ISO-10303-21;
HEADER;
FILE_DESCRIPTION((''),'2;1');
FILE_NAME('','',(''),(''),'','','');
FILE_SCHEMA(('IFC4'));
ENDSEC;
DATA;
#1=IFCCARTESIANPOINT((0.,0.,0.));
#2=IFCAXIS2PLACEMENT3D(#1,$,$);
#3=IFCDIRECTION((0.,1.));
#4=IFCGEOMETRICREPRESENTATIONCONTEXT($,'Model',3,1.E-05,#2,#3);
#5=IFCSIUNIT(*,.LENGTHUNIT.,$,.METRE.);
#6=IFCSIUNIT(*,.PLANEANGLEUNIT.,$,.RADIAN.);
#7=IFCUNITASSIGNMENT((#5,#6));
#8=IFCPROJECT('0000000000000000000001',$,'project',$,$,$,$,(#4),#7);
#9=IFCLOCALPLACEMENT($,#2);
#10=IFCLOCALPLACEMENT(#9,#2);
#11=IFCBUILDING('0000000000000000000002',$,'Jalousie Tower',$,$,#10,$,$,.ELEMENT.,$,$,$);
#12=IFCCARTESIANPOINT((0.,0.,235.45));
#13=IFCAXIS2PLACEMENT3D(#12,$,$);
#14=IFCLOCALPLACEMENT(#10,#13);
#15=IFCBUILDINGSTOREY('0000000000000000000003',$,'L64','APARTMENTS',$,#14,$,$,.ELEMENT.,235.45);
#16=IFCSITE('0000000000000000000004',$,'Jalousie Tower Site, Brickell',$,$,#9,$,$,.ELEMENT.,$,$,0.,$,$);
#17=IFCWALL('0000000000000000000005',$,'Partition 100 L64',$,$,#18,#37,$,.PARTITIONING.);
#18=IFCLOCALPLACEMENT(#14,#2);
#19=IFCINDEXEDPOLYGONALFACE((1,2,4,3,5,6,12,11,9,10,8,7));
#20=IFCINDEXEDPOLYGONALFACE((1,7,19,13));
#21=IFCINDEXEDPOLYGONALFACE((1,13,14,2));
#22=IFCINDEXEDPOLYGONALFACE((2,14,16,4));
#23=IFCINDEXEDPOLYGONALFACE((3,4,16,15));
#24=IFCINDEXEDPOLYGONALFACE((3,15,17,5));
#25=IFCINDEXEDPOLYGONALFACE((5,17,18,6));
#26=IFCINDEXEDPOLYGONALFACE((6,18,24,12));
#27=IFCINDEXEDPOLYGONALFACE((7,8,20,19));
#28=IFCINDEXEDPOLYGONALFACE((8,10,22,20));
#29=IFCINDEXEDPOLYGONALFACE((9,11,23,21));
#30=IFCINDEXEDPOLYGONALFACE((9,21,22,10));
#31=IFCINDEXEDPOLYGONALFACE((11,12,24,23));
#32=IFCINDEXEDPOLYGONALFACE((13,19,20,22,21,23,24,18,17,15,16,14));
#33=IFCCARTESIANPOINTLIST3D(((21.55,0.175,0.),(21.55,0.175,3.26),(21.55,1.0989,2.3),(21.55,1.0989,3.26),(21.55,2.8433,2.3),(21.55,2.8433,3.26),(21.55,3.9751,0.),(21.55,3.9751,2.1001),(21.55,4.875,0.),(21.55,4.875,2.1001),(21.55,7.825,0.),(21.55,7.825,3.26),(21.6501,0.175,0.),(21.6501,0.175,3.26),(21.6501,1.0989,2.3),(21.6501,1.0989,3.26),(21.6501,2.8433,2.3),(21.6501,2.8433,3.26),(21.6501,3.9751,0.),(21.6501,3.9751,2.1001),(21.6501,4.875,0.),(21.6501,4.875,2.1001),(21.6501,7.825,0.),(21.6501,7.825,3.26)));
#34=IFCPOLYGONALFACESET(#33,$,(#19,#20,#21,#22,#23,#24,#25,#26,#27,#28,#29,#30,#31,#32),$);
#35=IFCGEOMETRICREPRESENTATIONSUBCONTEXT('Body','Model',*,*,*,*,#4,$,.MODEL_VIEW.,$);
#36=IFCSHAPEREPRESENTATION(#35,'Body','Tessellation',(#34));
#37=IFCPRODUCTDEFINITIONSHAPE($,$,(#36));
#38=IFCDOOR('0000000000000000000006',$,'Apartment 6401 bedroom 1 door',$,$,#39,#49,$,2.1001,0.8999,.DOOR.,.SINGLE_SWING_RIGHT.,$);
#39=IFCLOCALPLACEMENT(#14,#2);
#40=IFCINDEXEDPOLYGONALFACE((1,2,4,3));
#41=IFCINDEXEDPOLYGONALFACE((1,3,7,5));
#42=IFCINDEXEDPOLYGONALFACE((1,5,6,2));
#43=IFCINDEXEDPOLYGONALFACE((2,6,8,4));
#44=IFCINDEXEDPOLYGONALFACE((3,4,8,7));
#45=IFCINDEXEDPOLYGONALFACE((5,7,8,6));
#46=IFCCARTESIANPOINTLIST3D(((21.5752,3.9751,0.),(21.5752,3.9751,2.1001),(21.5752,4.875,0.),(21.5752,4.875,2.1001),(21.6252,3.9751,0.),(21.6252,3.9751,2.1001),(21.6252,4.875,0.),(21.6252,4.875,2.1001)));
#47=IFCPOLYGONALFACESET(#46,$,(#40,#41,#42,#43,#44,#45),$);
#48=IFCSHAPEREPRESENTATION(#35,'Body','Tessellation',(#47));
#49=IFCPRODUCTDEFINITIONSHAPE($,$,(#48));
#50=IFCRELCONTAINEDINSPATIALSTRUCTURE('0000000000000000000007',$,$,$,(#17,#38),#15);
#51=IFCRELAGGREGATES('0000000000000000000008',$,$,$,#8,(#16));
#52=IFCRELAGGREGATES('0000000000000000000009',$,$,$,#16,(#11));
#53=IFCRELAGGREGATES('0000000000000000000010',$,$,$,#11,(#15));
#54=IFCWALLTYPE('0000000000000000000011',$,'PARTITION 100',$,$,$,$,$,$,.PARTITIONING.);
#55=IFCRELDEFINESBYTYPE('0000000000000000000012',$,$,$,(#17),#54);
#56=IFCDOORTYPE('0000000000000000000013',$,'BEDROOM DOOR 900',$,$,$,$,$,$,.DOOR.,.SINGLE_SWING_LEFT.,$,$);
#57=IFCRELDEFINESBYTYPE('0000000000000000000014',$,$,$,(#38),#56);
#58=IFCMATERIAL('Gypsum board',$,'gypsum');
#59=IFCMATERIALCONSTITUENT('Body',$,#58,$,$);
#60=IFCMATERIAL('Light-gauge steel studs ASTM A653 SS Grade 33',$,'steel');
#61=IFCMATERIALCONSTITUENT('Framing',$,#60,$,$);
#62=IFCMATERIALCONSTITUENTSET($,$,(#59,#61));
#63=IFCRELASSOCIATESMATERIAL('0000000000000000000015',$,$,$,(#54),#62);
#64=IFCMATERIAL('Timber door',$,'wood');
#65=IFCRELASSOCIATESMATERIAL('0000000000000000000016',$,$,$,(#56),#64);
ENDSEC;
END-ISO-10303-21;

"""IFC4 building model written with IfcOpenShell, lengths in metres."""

from ifc_helpers import new_model, si_unit, direction, frame, frame_2d, origin, place, context, subcontext, project, spatial, polyline, rectangle, outline, extrude, material, constituent, constituent_set, type_object, element, fill, save


model = new_model("IFC4")

# Units and contexts
model_context = context("Model", 3, precision=1e-05, world=origin(), true_north=direction((0.0, 1.0)))
body_context = subcontext(model_context, "Body", "Model", "MODEL_VIEW")
ifc_project = project(units=[si_unit("LENGTHUNIT", "METRE"), si_unit("PLANEANGLEUNIT", "RADIAN")], contexts=[model_context])

# Site, building, storey
site_placement = place(None, origin())
site = spatial("IfcSite", under=ifc_project, at=site_placement, Name="Jalousie Tower Site, Brickell", CompositionType="ELEMENT", RefElevation=0.0)
building_placement = place(site_placement, origin())
building = spatial("IfcBuilding", under=site, at=building_placement, Name="Jalousie Tower", CompositionType="ELEMENT")
storey_placement = place(building_placement, frame((0.0, 0.0, 235.45)))
storey = spatial("IfcBuildingStorey", under=building, at=storey_placement, Name="L64", Description="APARTMENTS", CompositionType="ELEMENT", Elevation=235.45)

# Wall, opening, door
ifc_material_1 = material(Name="Gypsum board", Category="gypsum")
ifc_constituent_1 = constituent(ifc_material_1, Name="Body")
ifc_material_2 = material(Name="Light-gauge steel studs ASTM A653 SS Grade 33", Category="steel")
ifc_constituent_2 = constituent(ifc_material_2, Name="Framing")
ifc_constituent_set_1 = constituent_set(constituents=[ifc_constituent_1, ifc_constituent_2])
wall_type_1 = type_object("IfcWallType", Name="PARTITION 100", PredefinedType="PARTITIONING", material=ifc_constituent_set_1)
wall_1_placement = place(storey_placement, frame((21.6001, 0.175, 0.0), z_axis=(0.0, 0.0, 1.0), x_axis=(0.0, 1.0, 0.0)))
wall_1 = element("IfcWall", 1, at=wall_1_placement, inside=storey, type_object=wall_type_1, Name="Partition 100 L64", PredefinedType="PARTITIONING", context=body_context, shape_type="SweptSolid", body=[
    extrude(outline(polyline([(0.0, 0.0), (7.6499, 0.0), (7.6499, 3.26), (2.6682, 3.26), (2.6682, 2.3), (0.9238, 2.3), (0.9238, 3.26), (0.0, 3.26), (0.0, 0.0)])), frame((0.0, 0.05, 0.0), z_axis=(0.0, -1.0, 0.0), x_axis=(1.0, 0.0, 0.0)), (0.0, 0.0, 1.0), 0.1001),
])
opening_1_placement = place(wall_1_placement, frame((3.8, 0.0, 0.0)))
opening_1 = element("IfcOpeningElement", 2, at=opening_1_placement, cuts=wall_1, PredefinedType="OPENING", context=body_context, shape_type="SweptSolid", body=[
    extrude(rectangle(XDim=0.8999, YDim=2.1001, at=frame_2d((0.45, 1.05))), frame((0.0, 0.0601, 0.0), z_axis=(0.0, -1.0, 0.0), x_axis=(1.0, 0.0, 0.0)), (0.0, 0.0, 1.0), 0.1201),
])
ifc_material_3 = material(Name="Timber door", Category="wood")
door_type_1 = type_object("IfcDoorType", Name="BEDROOM DOOR 900", OperationType="SINGLE_SWING_LEFT", PredefinedType="DOOR", material=ifc_material_3)
door_1_placement = place(opening_1_placement, origin())
door_1 = element("IfcDoor", 3, at=door_1_placement, inside=storey, type_object=door_type_1, Name="Apartment 6401 bedroom 1 door", OperationType="SINGLE_SWING_RIGHT", OverallHeight=2.1001, OverallWidth=0.8999, PredefinedType="DOOR", context=body_context, shape_type="SweptSolid", body=[
    extrude(rectangle(XDim=0.8999, YDim=2.1001, at=frame_2d((0.45, 1.05))), frame((0.0, 0.0249, 0.0), z_axis=(0.0, -1.0, 0.0), x_axis=(1.0, 0.0, 0.0)), (0.0, 0.0, 1.0), 0.05),
])
fill(opening_1, door_1)

save(model, "model.ifc")
